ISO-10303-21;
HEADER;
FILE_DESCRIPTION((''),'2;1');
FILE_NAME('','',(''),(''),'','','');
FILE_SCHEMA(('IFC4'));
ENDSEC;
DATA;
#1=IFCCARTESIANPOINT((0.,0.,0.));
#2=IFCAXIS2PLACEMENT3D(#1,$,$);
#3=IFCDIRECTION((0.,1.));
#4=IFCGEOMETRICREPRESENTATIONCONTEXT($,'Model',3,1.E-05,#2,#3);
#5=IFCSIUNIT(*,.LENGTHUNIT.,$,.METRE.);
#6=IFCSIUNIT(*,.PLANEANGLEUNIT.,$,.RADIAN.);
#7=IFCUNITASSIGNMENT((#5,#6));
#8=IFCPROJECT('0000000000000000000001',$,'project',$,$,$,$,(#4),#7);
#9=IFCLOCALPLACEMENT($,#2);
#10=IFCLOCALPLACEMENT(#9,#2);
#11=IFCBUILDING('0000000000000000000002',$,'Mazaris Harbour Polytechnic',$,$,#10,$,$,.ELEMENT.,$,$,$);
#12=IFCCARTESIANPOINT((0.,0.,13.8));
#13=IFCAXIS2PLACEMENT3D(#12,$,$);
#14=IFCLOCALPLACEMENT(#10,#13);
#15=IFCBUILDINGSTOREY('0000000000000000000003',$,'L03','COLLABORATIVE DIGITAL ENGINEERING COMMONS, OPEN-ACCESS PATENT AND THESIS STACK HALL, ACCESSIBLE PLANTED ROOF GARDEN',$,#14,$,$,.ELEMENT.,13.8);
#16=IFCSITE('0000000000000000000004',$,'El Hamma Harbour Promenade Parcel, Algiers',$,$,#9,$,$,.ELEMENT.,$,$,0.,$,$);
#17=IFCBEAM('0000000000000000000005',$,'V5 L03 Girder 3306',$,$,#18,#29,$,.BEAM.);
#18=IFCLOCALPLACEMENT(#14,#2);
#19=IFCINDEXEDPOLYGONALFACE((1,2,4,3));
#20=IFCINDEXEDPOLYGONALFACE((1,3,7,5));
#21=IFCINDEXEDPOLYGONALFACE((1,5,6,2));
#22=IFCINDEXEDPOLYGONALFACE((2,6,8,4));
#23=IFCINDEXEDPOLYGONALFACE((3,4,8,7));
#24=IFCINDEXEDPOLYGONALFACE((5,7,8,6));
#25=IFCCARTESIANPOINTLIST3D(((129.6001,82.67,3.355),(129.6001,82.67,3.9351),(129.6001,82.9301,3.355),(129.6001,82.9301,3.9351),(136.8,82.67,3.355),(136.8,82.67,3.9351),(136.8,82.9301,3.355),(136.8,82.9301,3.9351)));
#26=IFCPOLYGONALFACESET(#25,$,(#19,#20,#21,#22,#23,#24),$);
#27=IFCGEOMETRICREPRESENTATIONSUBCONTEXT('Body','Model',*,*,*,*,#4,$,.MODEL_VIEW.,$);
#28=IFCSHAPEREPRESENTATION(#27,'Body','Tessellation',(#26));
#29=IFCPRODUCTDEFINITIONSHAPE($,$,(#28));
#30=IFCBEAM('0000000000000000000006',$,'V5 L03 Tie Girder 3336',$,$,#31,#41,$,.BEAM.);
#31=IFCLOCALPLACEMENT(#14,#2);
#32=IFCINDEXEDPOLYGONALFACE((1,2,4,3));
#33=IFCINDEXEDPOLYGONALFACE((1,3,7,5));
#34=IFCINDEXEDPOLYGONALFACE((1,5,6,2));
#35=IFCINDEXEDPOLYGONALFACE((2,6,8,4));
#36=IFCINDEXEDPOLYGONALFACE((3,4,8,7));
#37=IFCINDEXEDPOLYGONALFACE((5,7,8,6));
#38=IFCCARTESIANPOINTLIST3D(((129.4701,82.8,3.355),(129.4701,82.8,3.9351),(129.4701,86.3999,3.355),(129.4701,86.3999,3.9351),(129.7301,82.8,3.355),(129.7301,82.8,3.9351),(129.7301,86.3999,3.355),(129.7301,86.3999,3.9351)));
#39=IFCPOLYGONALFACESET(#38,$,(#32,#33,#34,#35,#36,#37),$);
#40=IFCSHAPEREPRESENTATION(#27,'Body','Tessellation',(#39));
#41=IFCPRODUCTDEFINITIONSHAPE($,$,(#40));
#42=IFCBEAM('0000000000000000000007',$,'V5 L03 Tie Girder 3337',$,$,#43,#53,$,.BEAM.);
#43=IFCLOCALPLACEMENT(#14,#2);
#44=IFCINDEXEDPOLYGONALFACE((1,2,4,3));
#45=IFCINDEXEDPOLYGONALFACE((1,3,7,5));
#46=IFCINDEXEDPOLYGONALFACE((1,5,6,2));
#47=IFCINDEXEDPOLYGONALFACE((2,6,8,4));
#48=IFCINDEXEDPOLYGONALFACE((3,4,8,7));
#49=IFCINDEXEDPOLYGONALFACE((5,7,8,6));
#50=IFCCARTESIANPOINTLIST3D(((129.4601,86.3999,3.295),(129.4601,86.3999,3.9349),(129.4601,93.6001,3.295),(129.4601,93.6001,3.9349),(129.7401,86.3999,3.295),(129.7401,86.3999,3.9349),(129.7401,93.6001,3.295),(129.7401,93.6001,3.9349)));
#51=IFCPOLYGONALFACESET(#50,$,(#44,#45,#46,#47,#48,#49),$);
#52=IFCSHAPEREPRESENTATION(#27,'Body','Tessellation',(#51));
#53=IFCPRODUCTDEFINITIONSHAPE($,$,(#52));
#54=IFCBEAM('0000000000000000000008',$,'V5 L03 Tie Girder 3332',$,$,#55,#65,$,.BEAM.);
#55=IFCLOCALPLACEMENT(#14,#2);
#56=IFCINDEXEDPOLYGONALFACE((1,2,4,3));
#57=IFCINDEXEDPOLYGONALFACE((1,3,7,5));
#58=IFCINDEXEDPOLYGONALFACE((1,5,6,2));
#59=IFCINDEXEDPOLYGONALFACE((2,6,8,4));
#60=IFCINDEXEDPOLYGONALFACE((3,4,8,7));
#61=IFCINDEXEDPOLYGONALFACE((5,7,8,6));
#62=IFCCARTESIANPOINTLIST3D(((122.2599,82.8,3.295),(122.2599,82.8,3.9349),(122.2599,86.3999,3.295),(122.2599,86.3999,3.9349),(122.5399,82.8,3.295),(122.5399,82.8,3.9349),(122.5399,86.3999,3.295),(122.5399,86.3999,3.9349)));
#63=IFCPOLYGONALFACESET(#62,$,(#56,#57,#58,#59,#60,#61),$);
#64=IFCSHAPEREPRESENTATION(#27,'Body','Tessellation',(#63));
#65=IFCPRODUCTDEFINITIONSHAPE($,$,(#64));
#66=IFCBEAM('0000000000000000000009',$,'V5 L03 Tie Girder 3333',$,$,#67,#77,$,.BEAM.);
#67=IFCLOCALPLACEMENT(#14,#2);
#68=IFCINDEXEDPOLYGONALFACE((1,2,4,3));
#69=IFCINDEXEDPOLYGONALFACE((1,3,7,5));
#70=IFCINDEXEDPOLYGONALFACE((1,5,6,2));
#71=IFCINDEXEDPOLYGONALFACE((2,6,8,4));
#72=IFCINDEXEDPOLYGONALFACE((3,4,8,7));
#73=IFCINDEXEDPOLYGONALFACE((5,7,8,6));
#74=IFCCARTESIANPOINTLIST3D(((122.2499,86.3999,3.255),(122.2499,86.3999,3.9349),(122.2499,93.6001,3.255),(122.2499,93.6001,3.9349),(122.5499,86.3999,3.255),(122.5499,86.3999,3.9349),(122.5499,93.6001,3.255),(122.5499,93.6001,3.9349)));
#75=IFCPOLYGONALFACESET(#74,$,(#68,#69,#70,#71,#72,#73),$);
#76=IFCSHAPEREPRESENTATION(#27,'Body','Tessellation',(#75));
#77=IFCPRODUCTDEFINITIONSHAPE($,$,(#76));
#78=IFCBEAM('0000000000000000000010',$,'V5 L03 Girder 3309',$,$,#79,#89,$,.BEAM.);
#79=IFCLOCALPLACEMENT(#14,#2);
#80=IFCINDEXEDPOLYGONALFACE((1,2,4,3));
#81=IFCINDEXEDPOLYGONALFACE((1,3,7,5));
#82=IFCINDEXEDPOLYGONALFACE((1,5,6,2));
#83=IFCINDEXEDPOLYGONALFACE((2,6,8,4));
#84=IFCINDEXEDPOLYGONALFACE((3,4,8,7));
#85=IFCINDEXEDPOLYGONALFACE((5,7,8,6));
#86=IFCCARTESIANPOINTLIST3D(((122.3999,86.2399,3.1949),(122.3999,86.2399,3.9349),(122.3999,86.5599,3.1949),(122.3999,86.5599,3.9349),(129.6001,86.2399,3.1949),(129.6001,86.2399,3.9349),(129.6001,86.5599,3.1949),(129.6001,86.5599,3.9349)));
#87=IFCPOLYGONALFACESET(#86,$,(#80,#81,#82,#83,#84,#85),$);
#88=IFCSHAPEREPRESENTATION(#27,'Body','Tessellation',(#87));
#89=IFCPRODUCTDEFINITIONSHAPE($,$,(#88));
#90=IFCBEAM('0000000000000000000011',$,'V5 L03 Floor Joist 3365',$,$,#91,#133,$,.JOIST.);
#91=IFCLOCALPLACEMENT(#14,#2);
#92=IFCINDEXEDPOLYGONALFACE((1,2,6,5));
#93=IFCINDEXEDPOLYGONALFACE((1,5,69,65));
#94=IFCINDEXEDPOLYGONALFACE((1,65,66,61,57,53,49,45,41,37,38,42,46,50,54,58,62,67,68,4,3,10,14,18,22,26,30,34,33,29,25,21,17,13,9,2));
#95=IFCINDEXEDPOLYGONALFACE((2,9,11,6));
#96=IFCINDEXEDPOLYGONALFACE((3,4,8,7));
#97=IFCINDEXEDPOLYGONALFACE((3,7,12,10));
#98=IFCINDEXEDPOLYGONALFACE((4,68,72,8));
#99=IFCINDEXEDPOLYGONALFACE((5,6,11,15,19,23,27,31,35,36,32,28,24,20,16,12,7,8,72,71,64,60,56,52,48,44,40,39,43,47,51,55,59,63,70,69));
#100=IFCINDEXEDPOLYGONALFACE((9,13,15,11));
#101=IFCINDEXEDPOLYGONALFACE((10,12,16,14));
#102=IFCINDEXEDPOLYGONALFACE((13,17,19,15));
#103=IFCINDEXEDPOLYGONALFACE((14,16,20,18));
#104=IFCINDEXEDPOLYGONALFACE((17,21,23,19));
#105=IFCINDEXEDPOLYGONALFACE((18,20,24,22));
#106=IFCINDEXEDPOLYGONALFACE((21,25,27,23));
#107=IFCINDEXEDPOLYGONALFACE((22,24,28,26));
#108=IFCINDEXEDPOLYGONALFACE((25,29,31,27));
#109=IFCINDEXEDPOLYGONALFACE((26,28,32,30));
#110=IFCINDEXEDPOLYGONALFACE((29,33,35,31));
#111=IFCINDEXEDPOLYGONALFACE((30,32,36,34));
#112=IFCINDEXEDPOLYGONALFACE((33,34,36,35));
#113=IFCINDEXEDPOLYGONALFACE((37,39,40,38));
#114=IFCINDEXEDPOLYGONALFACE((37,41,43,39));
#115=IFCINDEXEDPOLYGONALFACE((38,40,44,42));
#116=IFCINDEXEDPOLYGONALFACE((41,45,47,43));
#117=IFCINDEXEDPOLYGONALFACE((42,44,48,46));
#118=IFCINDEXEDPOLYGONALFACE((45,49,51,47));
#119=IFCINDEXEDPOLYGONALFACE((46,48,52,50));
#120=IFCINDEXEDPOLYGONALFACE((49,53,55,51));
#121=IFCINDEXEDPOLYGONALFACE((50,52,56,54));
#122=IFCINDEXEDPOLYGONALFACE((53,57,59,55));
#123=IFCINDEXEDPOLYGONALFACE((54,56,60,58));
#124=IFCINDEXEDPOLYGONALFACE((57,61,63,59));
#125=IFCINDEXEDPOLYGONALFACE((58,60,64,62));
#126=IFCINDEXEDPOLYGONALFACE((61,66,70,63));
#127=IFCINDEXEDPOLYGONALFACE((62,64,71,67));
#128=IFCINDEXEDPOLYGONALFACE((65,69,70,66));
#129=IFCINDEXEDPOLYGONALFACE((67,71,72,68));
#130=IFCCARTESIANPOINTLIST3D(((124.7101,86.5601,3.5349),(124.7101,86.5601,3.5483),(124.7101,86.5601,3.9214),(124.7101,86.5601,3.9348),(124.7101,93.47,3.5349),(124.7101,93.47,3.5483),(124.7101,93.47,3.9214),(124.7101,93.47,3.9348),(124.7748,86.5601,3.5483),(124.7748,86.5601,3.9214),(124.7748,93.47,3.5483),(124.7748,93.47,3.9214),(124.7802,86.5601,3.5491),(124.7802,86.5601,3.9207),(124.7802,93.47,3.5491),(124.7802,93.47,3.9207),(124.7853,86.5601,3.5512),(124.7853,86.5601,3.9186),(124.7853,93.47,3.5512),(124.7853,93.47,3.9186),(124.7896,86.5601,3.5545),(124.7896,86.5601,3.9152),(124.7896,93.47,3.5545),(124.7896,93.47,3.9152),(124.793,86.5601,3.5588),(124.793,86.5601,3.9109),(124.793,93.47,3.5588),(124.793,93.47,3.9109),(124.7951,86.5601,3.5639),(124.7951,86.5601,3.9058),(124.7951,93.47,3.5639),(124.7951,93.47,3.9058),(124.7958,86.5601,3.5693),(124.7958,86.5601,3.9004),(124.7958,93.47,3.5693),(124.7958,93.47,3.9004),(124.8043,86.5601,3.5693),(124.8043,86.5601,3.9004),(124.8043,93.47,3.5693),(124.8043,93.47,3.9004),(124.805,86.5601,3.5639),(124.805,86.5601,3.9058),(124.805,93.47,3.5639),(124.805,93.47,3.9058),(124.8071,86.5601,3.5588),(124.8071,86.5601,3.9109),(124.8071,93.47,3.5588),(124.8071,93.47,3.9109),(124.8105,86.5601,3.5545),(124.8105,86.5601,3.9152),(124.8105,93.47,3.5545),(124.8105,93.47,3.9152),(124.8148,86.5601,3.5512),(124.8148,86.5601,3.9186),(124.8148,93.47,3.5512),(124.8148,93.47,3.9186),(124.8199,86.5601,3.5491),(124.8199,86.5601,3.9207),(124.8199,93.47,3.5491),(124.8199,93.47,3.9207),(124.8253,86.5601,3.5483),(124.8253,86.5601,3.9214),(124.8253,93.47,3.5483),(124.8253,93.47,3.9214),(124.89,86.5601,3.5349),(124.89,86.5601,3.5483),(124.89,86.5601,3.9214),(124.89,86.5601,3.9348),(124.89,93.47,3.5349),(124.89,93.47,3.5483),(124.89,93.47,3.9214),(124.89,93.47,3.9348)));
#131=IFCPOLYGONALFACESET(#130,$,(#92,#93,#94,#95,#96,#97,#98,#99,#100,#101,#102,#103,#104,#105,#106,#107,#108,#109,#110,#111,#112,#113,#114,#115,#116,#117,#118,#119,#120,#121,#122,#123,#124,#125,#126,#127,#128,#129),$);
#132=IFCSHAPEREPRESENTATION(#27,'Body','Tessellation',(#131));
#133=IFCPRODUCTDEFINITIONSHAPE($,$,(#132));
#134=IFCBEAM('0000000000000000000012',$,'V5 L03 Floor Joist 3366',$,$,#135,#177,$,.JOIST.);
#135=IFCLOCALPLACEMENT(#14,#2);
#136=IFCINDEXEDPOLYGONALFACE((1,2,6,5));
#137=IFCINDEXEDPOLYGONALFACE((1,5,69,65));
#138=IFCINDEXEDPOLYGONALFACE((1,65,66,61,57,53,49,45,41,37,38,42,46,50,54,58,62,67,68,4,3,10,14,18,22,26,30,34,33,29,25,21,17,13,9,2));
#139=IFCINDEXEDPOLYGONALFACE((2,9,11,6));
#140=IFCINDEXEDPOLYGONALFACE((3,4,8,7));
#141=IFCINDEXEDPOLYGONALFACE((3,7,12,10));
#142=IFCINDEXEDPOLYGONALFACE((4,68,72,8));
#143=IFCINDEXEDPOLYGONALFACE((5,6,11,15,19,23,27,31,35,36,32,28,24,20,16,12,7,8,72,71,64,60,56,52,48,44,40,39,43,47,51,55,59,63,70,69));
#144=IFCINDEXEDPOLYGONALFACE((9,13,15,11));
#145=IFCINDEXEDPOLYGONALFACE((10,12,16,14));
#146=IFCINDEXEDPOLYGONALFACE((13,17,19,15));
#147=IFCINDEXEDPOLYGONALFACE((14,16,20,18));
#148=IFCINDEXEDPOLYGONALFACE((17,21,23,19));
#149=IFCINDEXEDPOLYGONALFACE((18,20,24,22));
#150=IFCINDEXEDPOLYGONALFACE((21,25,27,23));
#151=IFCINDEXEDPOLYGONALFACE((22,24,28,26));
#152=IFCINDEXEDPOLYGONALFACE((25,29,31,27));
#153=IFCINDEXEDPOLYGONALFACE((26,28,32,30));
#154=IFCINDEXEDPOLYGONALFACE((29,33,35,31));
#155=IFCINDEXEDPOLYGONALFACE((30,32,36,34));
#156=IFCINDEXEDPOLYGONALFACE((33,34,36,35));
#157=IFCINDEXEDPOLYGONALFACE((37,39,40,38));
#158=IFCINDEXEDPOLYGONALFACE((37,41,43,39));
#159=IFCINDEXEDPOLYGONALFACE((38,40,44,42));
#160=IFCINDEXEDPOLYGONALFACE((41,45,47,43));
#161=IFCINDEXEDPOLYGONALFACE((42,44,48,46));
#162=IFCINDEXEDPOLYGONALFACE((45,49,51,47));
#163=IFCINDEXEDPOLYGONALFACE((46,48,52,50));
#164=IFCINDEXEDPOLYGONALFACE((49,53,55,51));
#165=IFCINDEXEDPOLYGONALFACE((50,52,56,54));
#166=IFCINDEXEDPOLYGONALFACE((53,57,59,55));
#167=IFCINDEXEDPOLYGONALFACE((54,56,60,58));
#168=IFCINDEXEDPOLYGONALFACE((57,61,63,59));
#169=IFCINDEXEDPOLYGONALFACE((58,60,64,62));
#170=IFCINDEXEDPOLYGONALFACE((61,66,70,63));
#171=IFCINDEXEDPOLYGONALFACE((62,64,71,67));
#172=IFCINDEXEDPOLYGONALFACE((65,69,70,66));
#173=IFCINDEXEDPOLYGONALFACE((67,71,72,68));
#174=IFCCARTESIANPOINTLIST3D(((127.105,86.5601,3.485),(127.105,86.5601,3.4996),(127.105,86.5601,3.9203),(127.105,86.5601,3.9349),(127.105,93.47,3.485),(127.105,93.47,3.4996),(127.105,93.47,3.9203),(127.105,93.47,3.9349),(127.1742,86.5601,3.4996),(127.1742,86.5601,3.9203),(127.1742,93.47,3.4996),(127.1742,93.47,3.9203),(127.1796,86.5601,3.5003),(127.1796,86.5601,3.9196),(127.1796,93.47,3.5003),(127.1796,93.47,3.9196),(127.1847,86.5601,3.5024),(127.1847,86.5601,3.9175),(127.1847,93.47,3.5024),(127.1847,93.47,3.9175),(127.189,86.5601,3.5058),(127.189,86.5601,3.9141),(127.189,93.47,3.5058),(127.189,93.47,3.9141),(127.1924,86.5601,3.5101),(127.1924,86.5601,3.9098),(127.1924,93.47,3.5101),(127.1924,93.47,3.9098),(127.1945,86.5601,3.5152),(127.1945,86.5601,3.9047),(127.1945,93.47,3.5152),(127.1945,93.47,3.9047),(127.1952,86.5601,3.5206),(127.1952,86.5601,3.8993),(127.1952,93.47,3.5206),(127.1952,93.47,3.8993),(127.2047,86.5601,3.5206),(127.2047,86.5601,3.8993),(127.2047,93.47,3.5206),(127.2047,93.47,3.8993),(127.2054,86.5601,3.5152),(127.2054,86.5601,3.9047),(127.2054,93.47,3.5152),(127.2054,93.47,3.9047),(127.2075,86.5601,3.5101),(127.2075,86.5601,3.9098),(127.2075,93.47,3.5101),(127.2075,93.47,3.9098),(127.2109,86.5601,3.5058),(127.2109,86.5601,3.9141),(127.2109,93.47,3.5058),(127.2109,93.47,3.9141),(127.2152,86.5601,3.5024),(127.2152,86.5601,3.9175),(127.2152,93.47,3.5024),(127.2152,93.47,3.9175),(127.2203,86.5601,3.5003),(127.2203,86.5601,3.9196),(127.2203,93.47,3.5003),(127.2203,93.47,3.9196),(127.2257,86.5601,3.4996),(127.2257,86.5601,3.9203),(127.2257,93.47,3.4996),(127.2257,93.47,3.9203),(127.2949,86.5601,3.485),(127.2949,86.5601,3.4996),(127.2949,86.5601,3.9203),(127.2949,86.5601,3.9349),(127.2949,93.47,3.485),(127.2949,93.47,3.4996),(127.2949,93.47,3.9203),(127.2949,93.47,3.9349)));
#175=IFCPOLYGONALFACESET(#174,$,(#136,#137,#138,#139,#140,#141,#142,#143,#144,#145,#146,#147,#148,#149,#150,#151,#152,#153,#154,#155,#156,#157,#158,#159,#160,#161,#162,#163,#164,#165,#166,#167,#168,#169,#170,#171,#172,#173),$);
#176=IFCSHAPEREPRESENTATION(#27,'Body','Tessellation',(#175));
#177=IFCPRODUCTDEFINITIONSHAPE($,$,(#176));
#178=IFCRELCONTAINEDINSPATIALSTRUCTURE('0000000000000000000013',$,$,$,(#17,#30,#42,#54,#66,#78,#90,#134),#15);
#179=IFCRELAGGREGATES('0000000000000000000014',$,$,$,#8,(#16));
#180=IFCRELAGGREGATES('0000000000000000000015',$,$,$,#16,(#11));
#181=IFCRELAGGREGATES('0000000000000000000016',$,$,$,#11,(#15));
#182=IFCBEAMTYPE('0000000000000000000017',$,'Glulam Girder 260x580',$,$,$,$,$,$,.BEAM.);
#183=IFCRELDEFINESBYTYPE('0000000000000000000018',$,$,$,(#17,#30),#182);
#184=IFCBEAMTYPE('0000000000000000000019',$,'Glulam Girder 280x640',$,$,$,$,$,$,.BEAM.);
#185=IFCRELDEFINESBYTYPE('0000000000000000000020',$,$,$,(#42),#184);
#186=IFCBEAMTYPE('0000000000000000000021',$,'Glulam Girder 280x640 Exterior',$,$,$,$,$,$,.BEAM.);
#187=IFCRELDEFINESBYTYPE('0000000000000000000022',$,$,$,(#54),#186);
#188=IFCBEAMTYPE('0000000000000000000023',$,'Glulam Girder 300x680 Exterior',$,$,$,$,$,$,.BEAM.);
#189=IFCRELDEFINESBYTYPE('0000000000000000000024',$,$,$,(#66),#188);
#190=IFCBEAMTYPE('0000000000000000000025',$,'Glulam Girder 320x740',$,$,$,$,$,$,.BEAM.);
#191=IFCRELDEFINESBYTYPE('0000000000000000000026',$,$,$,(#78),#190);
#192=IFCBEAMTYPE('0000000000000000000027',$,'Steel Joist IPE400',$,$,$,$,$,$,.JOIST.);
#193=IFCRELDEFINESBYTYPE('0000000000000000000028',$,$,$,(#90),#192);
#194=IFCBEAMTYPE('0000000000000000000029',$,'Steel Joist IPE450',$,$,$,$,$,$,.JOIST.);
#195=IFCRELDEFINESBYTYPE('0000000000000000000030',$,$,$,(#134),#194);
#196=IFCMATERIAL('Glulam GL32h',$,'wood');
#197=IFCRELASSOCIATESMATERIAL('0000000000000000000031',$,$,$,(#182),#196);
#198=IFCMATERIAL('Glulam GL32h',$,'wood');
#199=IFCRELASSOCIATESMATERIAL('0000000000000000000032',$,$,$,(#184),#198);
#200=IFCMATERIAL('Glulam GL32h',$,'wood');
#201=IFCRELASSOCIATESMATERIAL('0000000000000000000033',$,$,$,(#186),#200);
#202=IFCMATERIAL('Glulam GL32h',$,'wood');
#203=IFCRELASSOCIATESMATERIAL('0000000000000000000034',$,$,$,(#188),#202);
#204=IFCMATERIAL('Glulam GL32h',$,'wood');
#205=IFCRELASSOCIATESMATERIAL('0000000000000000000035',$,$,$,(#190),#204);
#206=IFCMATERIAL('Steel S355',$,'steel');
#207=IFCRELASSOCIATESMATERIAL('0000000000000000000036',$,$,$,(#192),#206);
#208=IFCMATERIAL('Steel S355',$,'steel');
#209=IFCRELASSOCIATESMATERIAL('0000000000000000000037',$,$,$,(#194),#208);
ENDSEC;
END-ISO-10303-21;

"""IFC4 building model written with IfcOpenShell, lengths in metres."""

from ifc_helpers import new_model, si_unit, direction, frame, origin, origin_2d, place, context, subcontext, project, spatial, rectangle, i_section, extrude, material, material_profile, profile_set, type_object, element, save


model = new_model("IFC4")

# Units and contexts
model_context = context("Model", 3, precision=1e-05, world=origin(), true_north=direction((0.0, 1.0)))
body_context = subcontext(model_context, "Body", "Model", "MODEL_VIEW")
ifc_project = project(units=[si_unit("LENGTHUNIT", "METRE"), si_unit("PLANEANGLEUNIT", "RADIAN")], contexts=[model_context])

# Site, building, storey
site_placement = place(None, origin())
site = spatial("IfcSite", under=ifc_project, at=site_placement, Name="El Hamma Harbour Promenade Parcel, Algiers", CompositionType="ELEMENT", RefElevation=0.0)
building_placement = place(site_placement, origin())
building = spatial("IfcBuilding", under=site, at=building_placement, Name="Mazaris Harbour Polytechnic", CompositionType="ELEMENT")
storey_placement = place(building_placement, frame((0.0, 0.0, 13.8)))
storey = spatial("IfcBuildingStorey", under=building, at=storey_placement, Name="L03", Description="COLLABORATIVE DIGITAL ENGINEERING COMMONS, OPEN-ACCESS PATENT AND THESIS STACK HALL, ACCESSIBLE PLANTED ROOF GARDEN", CompositionType="ELEMENT", Elevation=13.8)

# Beams
ifc_material_1 = material(Name="Glulam GL32h", Category="wood")
ifc_material_profile_1 = material_profile(ifc_material_1, rectangle(XDim=0.26, YDim=0.5801, at=origin_2d()), Name="RECT260x580")
ifc_profile_set_1 = profile_set([ifc_material_profile_1], Name="Glulam GL32h")
beam_type_1 = type_object("IfcBeamType", Name="Glulam Girder 260x580", PredefinedType="BEAM", material=ifc_profile_set_1)
beam_1_placement = place(storey_placement, frame((129.6001, 82.8, 3.645), z_axis=(1.0, 0.0, 0.0), x_axis=(0.0, 1.0, 0.0)))
element("IfcBeam", 1, at=beam_1_placement, inside=storey, type_object=beam_type_1, Name="V5 L03 Girder 3306", PredefinedType="BEAM", context=body_context, shape_type="SweptSolid", body=[
    extrude(rectangle(XDim=0.26, YDim=0.5801, at=origin_2d()), origin(), (0.0, 0.0, 1.0), 7.2),
])
beam_2_placement = place(storey_placement, frame((129.6001, 82.8, 3.645), z_axis=(0.0, 1.0, 0.0), x_axis=(-1.0, 0.0, 0.0)))
element("IfcBeam", 2, at=beam_2_placement, inside=storey, type_object=beam_type_1, Name="V5 L03 Tie Girder 3336", PredefinedType="BEAM", context=body_context, shape_type="SweptSolid", body=[
    extrude(rectangle(XDim=0.26, YDim=0.5801, at=origin_2d()), origin(), (0.0, 0.0, 1.0), 3.5999),
])
ifc_material_2 = material(Name="Glulam GL32h", Category="wood")
ifc_material_profile_2 = material_profile(ifc_material_2, rectangle(XDim=0.28, YDim=0.6399, at=origin_2d()), Name="RECT280x640")
ifc_profile_set_2 = profile_set([ifc_material_profile_2], Name="Glulam GL32h")
beam_type_2 = type_object("IfcBeamType", Name="Glulam Girder 280x640", PredefinedType="BEAM", material=ifc_profile_set_2)
beam_3_placement = place(storey_placement, frame((129.6001, 86.3999, 3.615), z_axis=(0.0, 1.0, 0.0), x_axis=(-1.0, 0.0, 0.0)))
element("IfcBeam", 3, at=beam_3_placement, inside=storey, type_object=beam_type_2, Name="V5 L03 Tie Girder 3337", PredefinedType="BEAM", context=body_context, shape_type="SweptSolid", body=[
    extrude(rectangle(XDim=0.28, YDim=0.6399, at=origin_2d()), origin(), (0.0, 0.0, 1.0), 7.2002),
])
ifc_material_3 = material(Name="Glulam GL32h", Category="wood")
ifc_material_profile_3 = material_profile(ifc_material_3, rectangle(XDim=0.28, YDim=0.6399, at=origin_2d()), Name="RECT280x640")
ifc_profile_set_3 = profile_set([ifc_material_profile_3], Name="Glulam GL32h")
beam_type_3 = type_object("IfcBeamType", Name="Glulam Girder 280x640 Exterior", PredefinedType="BEAM", material=ifc_profile_set_3)
beam_4_placement = place(storey_placement, frame((122.3999, 82.8, 3.615), z_axis=(0.0, 1.0, 0.0), x_axis=(-1.0, 0.0, 0.0)))
element("IfcBeam", 4, at=beam_4_placement, inside=storey, type_object=beam_type_3, Name="V5 L03 Tie Girder 3332", PredefinedType="BEAM", context=body_context, shape_type="SweptSolid", body=[
    extrude(rectangle(XDim=0.28, YDim=0.6399, at=origin_2d()), origin(), (0.0, 0.0, 1.0), 3.5999),
])
ifc_material_4 = material(Name="Glulam GL32h", Category="wood")
ifc_material_profile_4 = material_profile(ifc_material_4, rectangle(XDim=0.3, YDim=0.6799, at=origin_2d()), Name="RECT300x680")
ifc_profile_set_4 = profile_set([ifc_material_profile_4], Name="Glulam GL32h")
beam_type_4 = type_object("IfcBeamType", Name="Glulam Girder 300x680 Exterior", PredefinedType="BEAM", material=ifc_profile_set_4)
beam_5_placement = place(storey_placement, frame((122.3999, 86.3999, 3.595), z_axis=(0.0, 1.0, 0.0), x_axis=(-1.0, 0.0, 0.0)))
element("IfcBeam", 5, at=beam_5_placement, inside=storey, type_object=beam_type_4, Name="V5 L03 Tie Girder 3333", PredefinedType="BEAM", context=body_context, shape_type="SweptSolid", body=[
    extrude(rectangle(XDim=0.3, YDim=0.6799, at=origin_2d()), origin(), (0.0, 0.0, 1.0), 7.2002),
])
ifc_material_5 = material(Name="Glulam GL32h", Category="wood")
ifc_material_profile_5 = material_profile(ifc_material_5, rectangle(XDim=0.3201, YDim=0.74, at=origin_2d()), Name="RECT320x740")
ifc_profile_set_5 = profile_set([ifc_material_profile_5], Name="Glulam GL32h")
beam_type_5 = type_object("IfcBeamType", Name="Glulam Girder 320x740", PredefinedType="BEAM", material=ifc_profile_set_5)
beam_6_placement = place(storey_placement, frame((122.3999, 86.3999, 3.5649), z_axis=(1.0, 0.0, 0.0), x_axis=(0.0, 1.0, 0.0)))
element("IfcBeam", 6, at=beam_6_placement, inside=storey, type_object=beam_type_5, Name="V5 L03 Girder 3309", PredefinedType="BEAM", context=body_context, shape_type="SweptSolid", body=[
    extrude(rectangle(XDim=0.3201, YDim=0.74, at=origin_2d()), origin(), (0.0, 0.0, 1.0), 7.2002),
])
ifc_material_6 = material(Name="Steel S355", Category="steel")
ifc_material_profile_6 = material_profile(ifc_material_6, i_section(OverallWidth=0.1799, OverallDepth=0.3999, WebThickness=0.0085, FlangeThickness=0.0134, FilletRadius=0.021, at=origin_2d()), Name="IPE 400")
ifc_profile_set_6 = profile_set([ifc_material_profile_6], Name="Steel S355")
beam_type_6 = type_object("IfcBeamType", Name="Steel Joist IPE400", PredefinedType="JOIST", material=ifc_profile_set_6)
beam_7_placement = place(storey_placement, frame((124.8, 86.5601, 3.7349), z_axis=(0.0, 1.0, 0.0), x_axis=(-1.0, 0.0, 0.0)))
element("IfcBeam", 7, at=beam_7_placement, inside=storey, type_object=beam_type_6, Name="V5 L03 Floor Joist 3365", PredefinedType="JOIST", context=body_context, shape_type="SweptSolid", body=[
    extrude(i_section(OverallWidth=0.1799, OverallDepth=0.3999, WebThickness=0.0085, FlangeThickness=0.0134, FilletRadius=0.021, at=origin_2d()), origin(), (0.0, 0.0, 1.0), 6.9099),
])
ifc_material_7 = material(Name="Steel S355", Category="steel")
ifc_material_profile_7 = material_profile(ifc_material_7, i_section(OverallWidth=0.1899, OverallDepth=0.45, WebThickness=0.0095, FlangeThickness=0.0146, FilletRadius=0.021, at=origin_2d()), Name="IPE 450")
ifc_profile_set_7 = profile_set([ifc_material_profile_7], Name="Steel S355")
beam_type_7 = type_object("IfcBeamType", Name="Steel Joist IPE450", PredefinedType="JOIST", material=ifc_profile_set_7)
beam_8_placement = place(storey_placement, frame((127.2, 86.5601, 3.71), z_axis=(0.0, 1.0, 0.0), x_axis=(-1.0, 0.0, 0.0)))
element("IfcBeam", 8, at=beam_8_placement, inside=storey, type_object=beam_type_7, Name="V5 L03 Floor Joist 3366", PredefinedType="JOIST", context=body_context, shape_type="SweptSolid", body=[
    extrude(i_section(OverallWidth=0.1899, OverallDepth=0.45, WebThickness=0.0095, FlangeThickness=0.0146, FilletRadius=0.021, at=origin_2d()), origin(), (0.0, 0.0, 1.0), 6.9099),
])

save(model, "model.ifc")
